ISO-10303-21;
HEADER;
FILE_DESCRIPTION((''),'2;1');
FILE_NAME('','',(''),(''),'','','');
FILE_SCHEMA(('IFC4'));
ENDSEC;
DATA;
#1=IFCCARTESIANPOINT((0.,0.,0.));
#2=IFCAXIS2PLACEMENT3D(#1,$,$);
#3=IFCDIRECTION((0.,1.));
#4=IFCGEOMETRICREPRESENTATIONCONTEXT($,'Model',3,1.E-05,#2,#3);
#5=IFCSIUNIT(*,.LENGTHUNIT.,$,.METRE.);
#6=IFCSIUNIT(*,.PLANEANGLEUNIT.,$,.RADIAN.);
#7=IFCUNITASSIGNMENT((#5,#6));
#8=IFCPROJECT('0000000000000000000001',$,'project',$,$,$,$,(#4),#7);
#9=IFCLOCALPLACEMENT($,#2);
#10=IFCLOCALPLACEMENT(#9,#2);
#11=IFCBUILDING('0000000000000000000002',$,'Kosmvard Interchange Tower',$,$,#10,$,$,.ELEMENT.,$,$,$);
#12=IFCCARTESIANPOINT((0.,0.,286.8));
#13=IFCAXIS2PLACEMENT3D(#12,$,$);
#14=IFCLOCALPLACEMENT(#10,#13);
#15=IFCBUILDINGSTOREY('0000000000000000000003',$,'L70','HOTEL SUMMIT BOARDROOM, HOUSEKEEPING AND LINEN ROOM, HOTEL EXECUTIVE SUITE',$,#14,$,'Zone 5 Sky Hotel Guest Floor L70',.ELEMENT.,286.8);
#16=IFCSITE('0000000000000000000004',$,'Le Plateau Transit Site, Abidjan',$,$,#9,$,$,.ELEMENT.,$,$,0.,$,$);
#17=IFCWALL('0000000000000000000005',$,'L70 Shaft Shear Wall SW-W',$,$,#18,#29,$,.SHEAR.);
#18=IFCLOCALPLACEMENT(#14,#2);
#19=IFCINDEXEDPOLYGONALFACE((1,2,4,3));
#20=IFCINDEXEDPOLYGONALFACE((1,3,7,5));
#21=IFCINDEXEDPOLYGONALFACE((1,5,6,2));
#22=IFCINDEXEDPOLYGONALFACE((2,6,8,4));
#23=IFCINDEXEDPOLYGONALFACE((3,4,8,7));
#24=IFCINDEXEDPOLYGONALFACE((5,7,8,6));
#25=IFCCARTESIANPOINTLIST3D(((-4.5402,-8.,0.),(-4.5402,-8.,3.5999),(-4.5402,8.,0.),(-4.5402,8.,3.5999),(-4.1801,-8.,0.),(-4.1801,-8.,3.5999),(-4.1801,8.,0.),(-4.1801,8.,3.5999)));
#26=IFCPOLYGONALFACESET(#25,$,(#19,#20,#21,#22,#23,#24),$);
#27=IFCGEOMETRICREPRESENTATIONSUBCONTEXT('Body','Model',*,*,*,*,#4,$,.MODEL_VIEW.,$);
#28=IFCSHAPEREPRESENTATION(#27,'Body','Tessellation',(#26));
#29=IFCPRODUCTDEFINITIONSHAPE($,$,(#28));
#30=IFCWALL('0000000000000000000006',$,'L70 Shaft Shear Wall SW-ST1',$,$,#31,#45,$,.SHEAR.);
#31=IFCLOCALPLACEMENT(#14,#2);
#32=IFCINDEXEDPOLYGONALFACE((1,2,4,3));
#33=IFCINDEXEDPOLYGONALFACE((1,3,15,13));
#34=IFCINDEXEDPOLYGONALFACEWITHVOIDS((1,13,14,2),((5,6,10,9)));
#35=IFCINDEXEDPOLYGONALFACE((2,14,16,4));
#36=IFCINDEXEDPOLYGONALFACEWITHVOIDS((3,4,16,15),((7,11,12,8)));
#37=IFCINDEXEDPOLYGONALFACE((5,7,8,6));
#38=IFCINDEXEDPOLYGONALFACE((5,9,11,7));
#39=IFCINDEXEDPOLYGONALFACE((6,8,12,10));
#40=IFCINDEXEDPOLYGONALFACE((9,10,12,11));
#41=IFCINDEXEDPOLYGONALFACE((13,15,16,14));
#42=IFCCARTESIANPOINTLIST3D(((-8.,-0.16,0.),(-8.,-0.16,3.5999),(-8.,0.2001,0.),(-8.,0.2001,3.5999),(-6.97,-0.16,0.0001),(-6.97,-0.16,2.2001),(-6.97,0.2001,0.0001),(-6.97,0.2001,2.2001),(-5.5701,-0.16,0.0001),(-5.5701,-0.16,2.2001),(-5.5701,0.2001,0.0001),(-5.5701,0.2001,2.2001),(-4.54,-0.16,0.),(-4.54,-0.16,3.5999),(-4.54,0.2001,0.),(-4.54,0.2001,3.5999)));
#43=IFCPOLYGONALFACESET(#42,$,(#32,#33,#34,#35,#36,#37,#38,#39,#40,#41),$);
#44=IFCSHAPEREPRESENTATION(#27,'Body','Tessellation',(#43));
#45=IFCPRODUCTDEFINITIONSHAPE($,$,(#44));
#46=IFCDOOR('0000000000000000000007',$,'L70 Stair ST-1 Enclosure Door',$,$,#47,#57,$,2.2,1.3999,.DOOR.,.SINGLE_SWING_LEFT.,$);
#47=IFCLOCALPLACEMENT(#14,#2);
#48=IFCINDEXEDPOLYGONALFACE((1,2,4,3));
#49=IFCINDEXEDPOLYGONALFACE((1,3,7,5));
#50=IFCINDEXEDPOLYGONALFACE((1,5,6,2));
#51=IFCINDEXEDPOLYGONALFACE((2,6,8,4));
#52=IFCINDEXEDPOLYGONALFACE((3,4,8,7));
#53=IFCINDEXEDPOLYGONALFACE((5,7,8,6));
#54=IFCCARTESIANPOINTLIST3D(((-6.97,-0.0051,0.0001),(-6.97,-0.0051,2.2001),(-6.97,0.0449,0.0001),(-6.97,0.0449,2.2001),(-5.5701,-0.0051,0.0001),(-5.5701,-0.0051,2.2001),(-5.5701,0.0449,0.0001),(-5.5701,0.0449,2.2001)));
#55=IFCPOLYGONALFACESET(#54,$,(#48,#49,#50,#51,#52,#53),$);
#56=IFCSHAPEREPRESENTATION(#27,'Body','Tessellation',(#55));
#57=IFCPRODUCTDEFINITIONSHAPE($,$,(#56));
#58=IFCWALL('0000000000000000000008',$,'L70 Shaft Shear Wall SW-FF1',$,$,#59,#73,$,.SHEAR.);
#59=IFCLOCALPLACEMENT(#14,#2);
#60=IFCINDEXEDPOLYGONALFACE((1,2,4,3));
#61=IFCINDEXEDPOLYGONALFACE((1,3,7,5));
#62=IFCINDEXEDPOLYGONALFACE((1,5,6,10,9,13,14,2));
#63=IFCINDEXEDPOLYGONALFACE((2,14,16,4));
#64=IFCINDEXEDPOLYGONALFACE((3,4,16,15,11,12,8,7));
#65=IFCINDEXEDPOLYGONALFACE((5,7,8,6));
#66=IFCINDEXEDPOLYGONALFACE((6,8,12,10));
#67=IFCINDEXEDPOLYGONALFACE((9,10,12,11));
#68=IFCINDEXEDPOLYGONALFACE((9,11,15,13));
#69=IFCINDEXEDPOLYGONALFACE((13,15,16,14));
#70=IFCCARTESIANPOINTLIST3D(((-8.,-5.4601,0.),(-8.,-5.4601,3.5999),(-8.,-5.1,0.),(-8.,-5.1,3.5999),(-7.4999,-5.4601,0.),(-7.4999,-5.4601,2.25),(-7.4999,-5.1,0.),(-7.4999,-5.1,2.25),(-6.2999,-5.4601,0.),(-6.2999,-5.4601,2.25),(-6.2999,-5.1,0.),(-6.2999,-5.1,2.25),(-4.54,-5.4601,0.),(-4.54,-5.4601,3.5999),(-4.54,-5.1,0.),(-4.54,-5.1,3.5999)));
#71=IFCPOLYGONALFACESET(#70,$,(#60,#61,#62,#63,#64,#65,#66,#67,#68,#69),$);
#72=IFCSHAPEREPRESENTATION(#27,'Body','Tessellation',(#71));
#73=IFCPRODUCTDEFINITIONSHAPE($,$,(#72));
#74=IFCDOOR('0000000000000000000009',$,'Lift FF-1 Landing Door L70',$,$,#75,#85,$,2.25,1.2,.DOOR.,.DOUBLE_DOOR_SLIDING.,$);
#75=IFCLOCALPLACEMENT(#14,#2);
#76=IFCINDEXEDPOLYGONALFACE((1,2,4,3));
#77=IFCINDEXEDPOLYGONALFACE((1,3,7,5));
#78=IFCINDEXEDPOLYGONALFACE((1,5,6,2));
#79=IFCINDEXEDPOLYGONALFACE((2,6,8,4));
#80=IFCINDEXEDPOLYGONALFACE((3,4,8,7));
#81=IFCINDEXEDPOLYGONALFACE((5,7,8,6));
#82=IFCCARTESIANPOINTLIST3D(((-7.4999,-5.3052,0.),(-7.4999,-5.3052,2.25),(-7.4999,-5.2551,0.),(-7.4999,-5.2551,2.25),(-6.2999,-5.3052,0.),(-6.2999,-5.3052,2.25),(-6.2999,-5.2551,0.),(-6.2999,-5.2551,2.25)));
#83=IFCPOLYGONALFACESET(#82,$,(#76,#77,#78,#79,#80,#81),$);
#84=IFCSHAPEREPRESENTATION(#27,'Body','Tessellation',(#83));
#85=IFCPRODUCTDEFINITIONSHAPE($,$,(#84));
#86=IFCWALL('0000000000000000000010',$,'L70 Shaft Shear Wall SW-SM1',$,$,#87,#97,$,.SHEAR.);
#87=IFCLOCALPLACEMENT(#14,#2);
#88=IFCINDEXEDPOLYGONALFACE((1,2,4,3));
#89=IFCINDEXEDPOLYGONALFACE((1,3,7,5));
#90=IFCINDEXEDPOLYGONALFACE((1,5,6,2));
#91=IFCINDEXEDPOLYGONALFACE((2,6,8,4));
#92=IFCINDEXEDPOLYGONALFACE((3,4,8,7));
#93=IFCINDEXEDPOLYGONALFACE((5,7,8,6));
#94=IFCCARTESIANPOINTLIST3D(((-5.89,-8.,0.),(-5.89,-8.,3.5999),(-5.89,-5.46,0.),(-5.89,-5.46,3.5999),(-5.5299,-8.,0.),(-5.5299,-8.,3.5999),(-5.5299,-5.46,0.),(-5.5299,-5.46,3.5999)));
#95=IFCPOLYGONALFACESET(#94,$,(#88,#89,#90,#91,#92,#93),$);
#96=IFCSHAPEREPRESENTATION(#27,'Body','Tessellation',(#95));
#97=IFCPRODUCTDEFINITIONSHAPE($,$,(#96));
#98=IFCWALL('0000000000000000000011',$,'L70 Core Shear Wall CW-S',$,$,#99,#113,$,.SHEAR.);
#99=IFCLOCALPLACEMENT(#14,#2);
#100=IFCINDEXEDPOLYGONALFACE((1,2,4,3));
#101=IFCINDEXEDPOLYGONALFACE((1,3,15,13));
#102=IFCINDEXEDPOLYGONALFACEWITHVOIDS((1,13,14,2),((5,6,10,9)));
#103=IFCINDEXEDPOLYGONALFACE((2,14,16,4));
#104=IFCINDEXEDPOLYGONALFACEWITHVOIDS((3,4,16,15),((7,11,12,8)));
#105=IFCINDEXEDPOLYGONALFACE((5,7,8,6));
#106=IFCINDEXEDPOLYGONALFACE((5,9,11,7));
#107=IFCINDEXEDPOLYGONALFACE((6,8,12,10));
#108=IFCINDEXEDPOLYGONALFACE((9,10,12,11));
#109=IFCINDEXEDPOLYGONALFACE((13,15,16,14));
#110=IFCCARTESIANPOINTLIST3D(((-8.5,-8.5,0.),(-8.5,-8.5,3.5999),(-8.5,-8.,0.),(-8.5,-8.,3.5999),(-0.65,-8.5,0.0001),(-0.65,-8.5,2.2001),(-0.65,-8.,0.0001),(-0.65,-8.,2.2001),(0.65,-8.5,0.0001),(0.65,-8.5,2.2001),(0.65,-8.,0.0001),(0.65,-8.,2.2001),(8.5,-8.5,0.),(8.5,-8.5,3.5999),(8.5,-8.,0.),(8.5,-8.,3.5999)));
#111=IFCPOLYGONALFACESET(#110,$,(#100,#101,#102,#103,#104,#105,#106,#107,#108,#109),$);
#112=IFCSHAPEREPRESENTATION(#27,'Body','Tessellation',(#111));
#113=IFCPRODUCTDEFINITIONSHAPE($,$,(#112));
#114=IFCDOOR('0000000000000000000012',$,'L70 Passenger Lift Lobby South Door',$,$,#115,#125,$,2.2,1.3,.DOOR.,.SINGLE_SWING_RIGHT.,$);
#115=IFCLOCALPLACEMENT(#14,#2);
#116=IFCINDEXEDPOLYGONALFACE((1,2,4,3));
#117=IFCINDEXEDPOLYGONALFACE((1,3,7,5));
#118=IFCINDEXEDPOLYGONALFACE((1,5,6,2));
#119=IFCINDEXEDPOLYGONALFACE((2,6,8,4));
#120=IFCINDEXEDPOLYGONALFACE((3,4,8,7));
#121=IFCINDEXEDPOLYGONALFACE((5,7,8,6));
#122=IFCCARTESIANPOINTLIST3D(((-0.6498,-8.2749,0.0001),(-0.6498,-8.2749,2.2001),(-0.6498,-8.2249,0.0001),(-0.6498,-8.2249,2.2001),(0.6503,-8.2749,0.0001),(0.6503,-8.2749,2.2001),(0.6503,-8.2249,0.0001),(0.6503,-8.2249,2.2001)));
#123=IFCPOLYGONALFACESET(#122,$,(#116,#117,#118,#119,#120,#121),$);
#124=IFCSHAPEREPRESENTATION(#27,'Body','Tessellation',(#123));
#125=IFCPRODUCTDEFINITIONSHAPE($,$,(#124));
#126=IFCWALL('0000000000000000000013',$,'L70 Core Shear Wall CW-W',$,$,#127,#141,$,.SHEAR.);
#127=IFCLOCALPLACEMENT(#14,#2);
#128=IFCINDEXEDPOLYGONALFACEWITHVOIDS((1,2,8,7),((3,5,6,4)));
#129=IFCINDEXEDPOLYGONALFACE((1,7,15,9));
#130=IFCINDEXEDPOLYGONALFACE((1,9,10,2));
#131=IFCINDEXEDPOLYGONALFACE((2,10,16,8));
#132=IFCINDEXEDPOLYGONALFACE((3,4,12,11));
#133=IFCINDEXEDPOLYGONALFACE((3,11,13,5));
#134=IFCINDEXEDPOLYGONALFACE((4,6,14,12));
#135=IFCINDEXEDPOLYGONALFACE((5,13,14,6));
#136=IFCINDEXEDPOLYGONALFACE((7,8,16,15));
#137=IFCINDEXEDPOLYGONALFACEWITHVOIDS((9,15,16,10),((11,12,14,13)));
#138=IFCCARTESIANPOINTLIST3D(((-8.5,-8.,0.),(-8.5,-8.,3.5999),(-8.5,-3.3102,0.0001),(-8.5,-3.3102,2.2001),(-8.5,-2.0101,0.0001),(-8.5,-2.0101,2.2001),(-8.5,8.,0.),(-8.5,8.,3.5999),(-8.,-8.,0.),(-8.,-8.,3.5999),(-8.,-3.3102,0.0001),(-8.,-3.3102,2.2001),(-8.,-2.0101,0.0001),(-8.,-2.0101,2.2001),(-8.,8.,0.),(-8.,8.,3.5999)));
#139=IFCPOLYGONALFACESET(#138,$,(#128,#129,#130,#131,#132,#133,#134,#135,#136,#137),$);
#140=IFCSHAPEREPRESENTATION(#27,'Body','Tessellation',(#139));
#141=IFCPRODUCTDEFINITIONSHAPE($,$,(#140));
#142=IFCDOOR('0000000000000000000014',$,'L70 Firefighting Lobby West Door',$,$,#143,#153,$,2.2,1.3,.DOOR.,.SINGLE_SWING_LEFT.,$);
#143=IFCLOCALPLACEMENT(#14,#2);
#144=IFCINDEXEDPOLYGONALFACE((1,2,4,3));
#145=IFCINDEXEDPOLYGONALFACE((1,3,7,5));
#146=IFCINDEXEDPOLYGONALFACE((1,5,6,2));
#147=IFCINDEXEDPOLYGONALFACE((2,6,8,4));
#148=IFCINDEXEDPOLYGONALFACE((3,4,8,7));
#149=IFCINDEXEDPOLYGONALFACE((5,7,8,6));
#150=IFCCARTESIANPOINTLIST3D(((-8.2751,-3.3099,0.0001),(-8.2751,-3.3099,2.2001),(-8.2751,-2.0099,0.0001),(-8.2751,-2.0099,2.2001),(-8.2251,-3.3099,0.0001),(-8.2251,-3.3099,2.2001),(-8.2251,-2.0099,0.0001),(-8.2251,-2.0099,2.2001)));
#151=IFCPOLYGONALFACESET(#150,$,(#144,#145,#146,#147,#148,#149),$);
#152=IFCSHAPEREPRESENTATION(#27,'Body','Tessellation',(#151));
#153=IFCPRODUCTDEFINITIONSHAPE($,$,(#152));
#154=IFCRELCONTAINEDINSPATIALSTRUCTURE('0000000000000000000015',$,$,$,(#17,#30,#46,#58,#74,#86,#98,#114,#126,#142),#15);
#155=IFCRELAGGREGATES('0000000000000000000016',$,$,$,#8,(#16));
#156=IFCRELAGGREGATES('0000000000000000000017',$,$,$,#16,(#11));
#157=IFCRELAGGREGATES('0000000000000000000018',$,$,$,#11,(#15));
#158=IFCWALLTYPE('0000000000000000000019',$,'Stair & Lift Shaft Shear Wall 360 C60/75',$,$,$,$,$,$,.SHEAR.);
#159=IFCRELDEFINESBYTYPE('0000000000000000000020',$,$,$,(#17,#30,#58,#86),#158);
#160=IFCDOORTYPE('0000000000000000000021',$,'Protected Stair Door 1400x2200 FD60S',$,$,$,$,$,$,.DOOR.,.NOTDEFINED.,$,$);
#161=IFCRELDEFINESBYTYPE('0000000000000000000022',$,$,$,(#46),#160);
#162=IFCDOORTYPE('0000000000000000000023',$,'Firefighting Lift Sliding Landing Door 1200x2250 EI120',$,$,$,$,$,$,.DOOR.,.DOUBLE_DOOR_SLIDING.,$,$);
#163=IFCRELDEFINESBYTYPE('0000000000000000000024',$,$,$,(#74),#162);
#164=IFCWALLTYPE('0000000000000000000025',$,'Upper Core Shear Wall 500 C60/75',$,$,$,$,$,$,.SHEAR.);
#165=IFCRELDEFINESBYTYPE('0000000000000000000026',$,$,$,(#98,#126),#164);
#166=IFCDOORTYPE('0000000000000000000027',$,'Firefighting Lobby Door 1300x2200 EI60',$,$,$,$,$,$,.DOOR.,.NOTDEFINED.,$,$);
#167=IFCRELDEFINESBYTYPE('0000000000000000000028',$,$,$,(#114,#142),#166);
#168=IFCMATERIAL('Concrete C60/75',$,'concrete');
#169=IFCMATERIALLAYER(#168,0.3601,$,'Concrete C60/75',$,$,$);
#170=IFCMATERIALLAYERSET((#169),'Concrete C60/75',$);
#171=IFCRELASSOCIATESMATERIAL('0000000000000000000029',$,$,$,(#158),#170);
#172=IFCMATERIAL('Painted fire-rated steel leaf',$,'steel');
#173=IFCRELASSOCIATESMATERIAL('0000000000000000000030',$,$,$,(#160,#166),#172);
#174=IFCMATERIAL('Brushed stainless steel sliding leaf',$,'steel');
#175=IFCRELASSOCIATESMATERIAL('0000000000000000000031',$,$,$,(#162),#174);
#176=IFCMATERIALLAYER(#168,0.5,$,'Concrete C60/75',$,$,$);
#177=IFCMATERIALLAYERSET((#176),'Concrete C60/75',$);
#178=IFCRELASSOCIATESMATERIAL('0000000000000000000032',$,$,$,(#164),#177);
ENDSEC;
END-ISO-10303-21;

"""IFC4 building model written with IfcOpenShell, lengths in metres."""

from ifc_helpers import new_model, si_unit, direction, frame, frame_2d, origin, place, context, subcontext, project, spatial, rectangle, extrude, source, transform, mapped, material, layer, layer_set, type_object, element, fill, save


model = new_model("IFC4")

# Units and contexts
model_context = context("Model", 3, precision=1e-05, world=origin(), true_north=direction((0.0, 1.0)))
body_context = subcontext(model_context, "Body", "Model", "MODEL_VIEW")
ifc_project = project(units=[si_unit("LENGTHUNIT", "METRE"), si_unit("PLANEANGLEUNIT", "RADIAN")], contexts=[model_context])

# Site, building, storey
site_placement = place(None, origin())
site = spatial("IfcSite", under=ifc_project, at=site_placement, Name="Le Plateau Transit Site, Abidjan", CompositionType="ELEMENT", RefElevation=0.0)
building_placement = place(site_placement, origin())
building = spatial("IfcBuilding", under=site, at=building_placement, Name="Kosmvard Interchange Tower", CompositionType="ELEMENT")
storey_placement = place(building_placement, frame((0.0, 0.0, 286.8)))
storey = spatial("IfcBuildingStorey", under=building, at=storey_placement, Name="L70", Description="HOTEL SUMMIT BOARDROOM, HOUSEKEEPING AND LINEN ROOM, HOTEL EXECUTIVE SUITE", LongName="Zone 5 Sky Hotel Guest Floor L70", CompositionType="ELEMENT", Elevation=286.8)

# Shared definitions
ifc_material_1 = material(Name="Painted fire-rated steel leaf", Category="steel")
ifc_material_2 = material(Name="Brushed stainless steel sliding leaf", Category="steel")

# Wall
ifc_material_3 = material(Name="Concrete C60/75", Category="concrete")
ifc_layer_1 = layer(ifc_material_3, 0.3601, Name="Concrete C60/75")
ifc_layer_set_1 = layer_set([ifc_layer_1], Name="Concrete C60/75")
wall_type_1 = type_object("IfcWallType", Name="Stair & Lift Shaft Shear Wall 360 C60/75", PredefinedType="SHEAR", material=ifc_layer_set_1)
wall_1_placement = place(storey_placement, frame((-4.3601, -8.0, 0.0), z_axis=(0.0, 0.0, 1.0), x_axis=(0.0, 1.0, 0.0)))
element("IfcWall", 1, at=wall_1_placement, inside=storey, type_object=wall_type_1, Name="L70 Shaft Shear Wall SW-W", PredefinedType="SHEAR", context=body_context, shape_type="SweptSolid", body=[
    extrude(rectangle(XDim=16.0, YDim=0.3601, at=frame_2d((8.0, 0.0))), origin(), (0.0, 0.0, 1.0), 3.5999),
])

# Walls, openings, doors
wall_2_placement = place(storey_placement, frame((-8.0, 0.02, 0.0), z_axis=(0.0, 0.0, 1.0), x_axis=(1.0, 0.0, 0.0)))
wall_2 = element("IfcWall", 2, at=wall_2_placement, inside=storey, type_object=wall_type_1, Name="L70 Shaft Shear Wall SW-ST1", PredefinedType="SHEAR", context=body_context, shape_type="SweptSolid", body=[
    extrude(rectangle(XDim=3.46, YDim=0.3601, at=frame_2d((1.73, 0.0))), origin(), (0.0, 0.0, 1.0), 3.5999),
])
opening_1_placement = place(wall_2_placement, frame((1.03, 0.0, 0.0)))
opening_1 = element("IfcOpeningElement", 3, at=opening_1_placement, cuts=wall_2, PredefinedType="OPENING", context=body_context, shape_type="SweptSolid", body=[
    extrude(rectangle(XDim=1.3999, YDim=2.2, at=frame_2d((0.7, 1.1001))), frame((0.0, 0.1899, 0.0), z_axis=(0.0, -1.0, 0.0), x_axis=(1.0, 0.0, 0.0)), (0.0, 0.0, 1.0), 0.3801),
])
door_type_1 = type_object("IfcDoorType", Name="Protected Stair Door 1400x2200 FD60S", OperationType="NOTDEFINED", PredefinedType="DOOR", material=ifc_material_1)
shared_shape_1 = source(origin(), body_context, "Body", "SweptSolid", [
    extrude(rectangle(XDim=1.3999, YDim=2.2, at=frame_2d((0.7, 1.1001))), frame((0.0, 0.0249, 0.0), z_axis=(0.0, -1.0, 0.0), x_axis=(1.0, 0.0, 0.0)), (0.0, 0.0, 1.0), 0.05),
])
door_1_placement = place(opening_1_placement, origin())
door_1 = element("IfcDoor", 4, at=door_1_placement, inside=storey, type_object=door_type_1, Name="L70 Stair ST-1 Enclosure Door", OperationType="SINGLE_SWING_LEFT", OverallHeight=2.2, OverallWidth=1.3999, PredefinedType="DOOR", context=body_context, shape_type="MappedRepresentation", body=[
    mapped(shared_shape_1, transform((0.0, 0.0, 0.0), scale=1.0)),
])
fill(opening_1, door_1)
wall_3_placement = place(storey_placement, frame((-8.0, -5.28, 0.0), z_axis=(0.0, 0.0, 1.0), x_axis=(1.0, 0.0, 0.0)))
wall_3 = element("IfcWall", 5, at=wall_3_placement, inside=storey, type_object=wall_type_1, Name="L70 Shaft Shear Wall SW-FF1", PredefinedType="SHEAR", context=body_context, shape_type="SweptSolid", body=[
    extrude(rectangle(XDim=3.46, YDim=0.3601, at=frame_2d((1.73, 0.0))), origin(), (0.0, 0.0, 1.0), 3.5999),
])
opening_2_placement = place(wall_3_placement, frame((0.5, 0.0, 0.0)))
opening_2 = element("IfcOpeningElement", 6, at=opening_2_placement, cuts=wall_3, PredefinedType="OPENING", context=body_context, shape_type="SweptSolid", body=[
    extrude(rectangle(XDim=1.2, YDim=2.25, at=frame_2d((0.6001, 1.125))), frame((0.0, 0.1899, 0.0), z_axis=(0.0, -1.0, 0.0), x_axis=(1.0, 0.0, 0.0)), (0.0, 0.0, 1.0), 0.3801),
])
door_type_2 = type_object("IfcDoorType", Name="Firefighting Lift Sliding Landing Door 1200x2250 EI120", OperationType="DOUBLE_DOOR_SLIDING", PredefinedType="DOOR", material=ifc_material_2)
shared_shape_2 = source(origin(), body_context, "Body", "SweptSolid", [
    extrude(rectangle(XDim=1.2, YDim=2.25, at=frame_2d((0.6001, 1.125))), frame((0.0, 0.0249, 0.0), z_axis=(0.0, -1.0, 0.0), x_axis=(1.0, 0.0, 0.0)), (0.0, 0.0, 1.0), 0.05),
])
door_2_placement = place(opening_2_placement, origin())
door_2 = element("IfcDoor", 7, at=door_2_placement, inside=storey, type_object=door_type_2, Name="Lift FF-1 Landing Door L70", OperationType="DOUBLE_DOOR_SLIDING", OverallHeight=2.25, OverallWidth=1.2, PredefinedType="DOOR", context=body_context, shape_type="MappedRepresentation", body=[
    mapped(shared_shape_2, transform((0.0, 0.0, 0.0), scale=1.0)),
])
fill(opening_2, door_2)

# Wall
wall_4_placement = place(storey_placement, frame((-5.71, -8.0, 0.0), z_axis=(0.0, 0.0, 1.0), x_axis=(0.0, 1.0, 0.0)))
element("IfcWall", 8, at=wall_4_placement, inside=storey, type_object=wall_type_1, Name="L70 Shaft Shear Wall SW-SM1", PredefinedType="SHEAR", context=body_context, shape_type="SweptSolid", body=[
    extrude(rectangle(XDim=2.54, YDim=0.3601, at=frame_2d((1.27, 0.0))), origin(), (0.0, 0.0, 1.0), 3.5999),
])

# Walls, openings, doors
ifc_layer_2 = layer(ifc_material_3, 0.5, Name="Concrete C60/75")
ifc_layer_set_2 = layer_set([ifc_layer_2], Name="Concrete C60/75")
wall_type_2 = type_object("IfcWallType", Name="Upper Core Shear Wall 500 C60/75", PredefinedType="SHEAR", material=ifc_layer_set_2)
wall_5_placement = place(storey_placement, frame((-8.5, -8.25, 0.0), z_axis=(0.0, 0.0, 1.0), x_axis=(1.0, 0.0, 0.0)))
wall_5 = element("IfcWall", 9, at=wall_5_placement, inside=storey, type_object=wall_type_2, Name="L70 Core Shear Wall CW-S", PredefinedType="SHEAR", context=body_context, shape_type="SweptSolid", body=[
    extrude(rectangle(XDim=17.0, YDim=0.5, at=frame_2d((8.5, 0.0))), origin(), (0.0, 0.0, 1.0), 3.5999),
])
opening_3_placement = place(wall_5_placement, frame((7.8501, 0.0, 0.0)))
opening_3 = element("IfcOpeningElement", 10, at=opening_3_placement, cuts=wall_5, PredefinedType="OPENING", context=body_context, shape_type="SweptSolid", body=[
    extrude(rectangle(XDim=1.3, YDim=2.2, at=frame_2d((0.6499, 1.1001))), frame((0.0, 0.26, 0.0), z_axis=(0.0, -1.0, 0.0), x_axis=(1.0, 0.0, 0.0)), (0.0, 0.0, 1.0), 0.52),
])
door_type_3 = type_object("IfcDoorType", Name="Firefighting Lobby Door 1300x2200 EI60", OperationType="NOTDEFINED", PredefinedType="DOOR", material=ifc_material_1)
shared_shape_3 = source(origin(), body_context, "Body", "SweptSolid", [
    extrude(rectangle(XDim=1.3, YDim=2.2, at=frame_2d((0.6499, 1.1001))), frame((0.0, 0.0249, 0.0), z_axis=(0.0, -1.0, 0.0), x_axis=(1.0, 0.0, 0.0)), (0.0, 0.0, 1.0), 0.05),
])
door_3_placement = place(opening_3_placement, frame((1.3, 0.0, 0.0), z_axis=(0.0, 0.0, 1.0), x_axis=(-1.0, 0.0, 0.0)))
door_3 = element("IfcDoor", 11, at=door_3_placement, inside=storey, type_object=door_type_3, Name="L70 Passenger Lift Lobby South Door", OperationType="SINGLE_SWING_RIGHT", OverallHeight=2.2, OverallWidth=1.3, PredefinedType="DOOR", context=body_context, shape_type="MappedRepresentation", body=[
    mapped(shared_shape_3, transform((0.0, 0.0, 0.0), scale=1.0)),
])
fill(opening_3, door_3)
wall_6_placement = place(storey_placement, frame((-8.25, -8.0, 0.0), z_axis=(0.0, 0.0, 1.0), x_axis=(0.0, 1.0, 0.0)))
wall_6 = element("IfcWall", 12, at=wall_6_placement, inside=storey, type_object=wall_type_2, Name="L70 Core Shear Wall CW-W", PredefinedType="SHEAR", context=body_context, shape_type="SweptSolid", body=[
    extrude(rectangle(XDim=16.0, YDim=0.5, at=frame_2d((8.0, 0.0))), origin(), (0.0, 0.0, 1.0), 3.5999),
])
opening_4_placement = place(wall_6_placement, frame((4.6899, 0.0, 0.0)))
opening_4 = element("IfcOpeningElement", 13, at=opening_4_placement, cuts=wall_6, PredefinedType="OPENING", context=body_context, shape_type="SweptSolid", body=[
    extrude(rectangle(XDim=1.3, YDim=2.2, at=frame_2d((0.6499, 1.1001))), frame((0.0, 0.26, 0.0), z_axis=(0.0, -1.0, 0.0), x_axis=(1.0, 0.0, 0.0)), (0.0, 0.0, 1.0), 0.52),
])
door_4_placement = place(opening_4_placement, frame((1.3, 0.0, 0.0), z_axis=(0.0, 0.0, 1.0), x_axis=(-1.0, 0.0, 0.0)))
door_4 = element("IfcDoor", 14, at=door_4_placement, inside=storey, type_object=door_type_3, Name="L70 Firefighting Lobby West Door", OperationType="SINGLE_SWING_LEFT", OverallHeight=2.2, OverallWidth=1.3, PredefinedType="DOOR", context=body_context, shape_type="MappedRepresentation", body=[
    mapped(shared_shape_3, transform((0.0, 0.0, 0.0), scale=1.0)),
])
fill(opening_4, door_4)

save(model, "model.ifc")
